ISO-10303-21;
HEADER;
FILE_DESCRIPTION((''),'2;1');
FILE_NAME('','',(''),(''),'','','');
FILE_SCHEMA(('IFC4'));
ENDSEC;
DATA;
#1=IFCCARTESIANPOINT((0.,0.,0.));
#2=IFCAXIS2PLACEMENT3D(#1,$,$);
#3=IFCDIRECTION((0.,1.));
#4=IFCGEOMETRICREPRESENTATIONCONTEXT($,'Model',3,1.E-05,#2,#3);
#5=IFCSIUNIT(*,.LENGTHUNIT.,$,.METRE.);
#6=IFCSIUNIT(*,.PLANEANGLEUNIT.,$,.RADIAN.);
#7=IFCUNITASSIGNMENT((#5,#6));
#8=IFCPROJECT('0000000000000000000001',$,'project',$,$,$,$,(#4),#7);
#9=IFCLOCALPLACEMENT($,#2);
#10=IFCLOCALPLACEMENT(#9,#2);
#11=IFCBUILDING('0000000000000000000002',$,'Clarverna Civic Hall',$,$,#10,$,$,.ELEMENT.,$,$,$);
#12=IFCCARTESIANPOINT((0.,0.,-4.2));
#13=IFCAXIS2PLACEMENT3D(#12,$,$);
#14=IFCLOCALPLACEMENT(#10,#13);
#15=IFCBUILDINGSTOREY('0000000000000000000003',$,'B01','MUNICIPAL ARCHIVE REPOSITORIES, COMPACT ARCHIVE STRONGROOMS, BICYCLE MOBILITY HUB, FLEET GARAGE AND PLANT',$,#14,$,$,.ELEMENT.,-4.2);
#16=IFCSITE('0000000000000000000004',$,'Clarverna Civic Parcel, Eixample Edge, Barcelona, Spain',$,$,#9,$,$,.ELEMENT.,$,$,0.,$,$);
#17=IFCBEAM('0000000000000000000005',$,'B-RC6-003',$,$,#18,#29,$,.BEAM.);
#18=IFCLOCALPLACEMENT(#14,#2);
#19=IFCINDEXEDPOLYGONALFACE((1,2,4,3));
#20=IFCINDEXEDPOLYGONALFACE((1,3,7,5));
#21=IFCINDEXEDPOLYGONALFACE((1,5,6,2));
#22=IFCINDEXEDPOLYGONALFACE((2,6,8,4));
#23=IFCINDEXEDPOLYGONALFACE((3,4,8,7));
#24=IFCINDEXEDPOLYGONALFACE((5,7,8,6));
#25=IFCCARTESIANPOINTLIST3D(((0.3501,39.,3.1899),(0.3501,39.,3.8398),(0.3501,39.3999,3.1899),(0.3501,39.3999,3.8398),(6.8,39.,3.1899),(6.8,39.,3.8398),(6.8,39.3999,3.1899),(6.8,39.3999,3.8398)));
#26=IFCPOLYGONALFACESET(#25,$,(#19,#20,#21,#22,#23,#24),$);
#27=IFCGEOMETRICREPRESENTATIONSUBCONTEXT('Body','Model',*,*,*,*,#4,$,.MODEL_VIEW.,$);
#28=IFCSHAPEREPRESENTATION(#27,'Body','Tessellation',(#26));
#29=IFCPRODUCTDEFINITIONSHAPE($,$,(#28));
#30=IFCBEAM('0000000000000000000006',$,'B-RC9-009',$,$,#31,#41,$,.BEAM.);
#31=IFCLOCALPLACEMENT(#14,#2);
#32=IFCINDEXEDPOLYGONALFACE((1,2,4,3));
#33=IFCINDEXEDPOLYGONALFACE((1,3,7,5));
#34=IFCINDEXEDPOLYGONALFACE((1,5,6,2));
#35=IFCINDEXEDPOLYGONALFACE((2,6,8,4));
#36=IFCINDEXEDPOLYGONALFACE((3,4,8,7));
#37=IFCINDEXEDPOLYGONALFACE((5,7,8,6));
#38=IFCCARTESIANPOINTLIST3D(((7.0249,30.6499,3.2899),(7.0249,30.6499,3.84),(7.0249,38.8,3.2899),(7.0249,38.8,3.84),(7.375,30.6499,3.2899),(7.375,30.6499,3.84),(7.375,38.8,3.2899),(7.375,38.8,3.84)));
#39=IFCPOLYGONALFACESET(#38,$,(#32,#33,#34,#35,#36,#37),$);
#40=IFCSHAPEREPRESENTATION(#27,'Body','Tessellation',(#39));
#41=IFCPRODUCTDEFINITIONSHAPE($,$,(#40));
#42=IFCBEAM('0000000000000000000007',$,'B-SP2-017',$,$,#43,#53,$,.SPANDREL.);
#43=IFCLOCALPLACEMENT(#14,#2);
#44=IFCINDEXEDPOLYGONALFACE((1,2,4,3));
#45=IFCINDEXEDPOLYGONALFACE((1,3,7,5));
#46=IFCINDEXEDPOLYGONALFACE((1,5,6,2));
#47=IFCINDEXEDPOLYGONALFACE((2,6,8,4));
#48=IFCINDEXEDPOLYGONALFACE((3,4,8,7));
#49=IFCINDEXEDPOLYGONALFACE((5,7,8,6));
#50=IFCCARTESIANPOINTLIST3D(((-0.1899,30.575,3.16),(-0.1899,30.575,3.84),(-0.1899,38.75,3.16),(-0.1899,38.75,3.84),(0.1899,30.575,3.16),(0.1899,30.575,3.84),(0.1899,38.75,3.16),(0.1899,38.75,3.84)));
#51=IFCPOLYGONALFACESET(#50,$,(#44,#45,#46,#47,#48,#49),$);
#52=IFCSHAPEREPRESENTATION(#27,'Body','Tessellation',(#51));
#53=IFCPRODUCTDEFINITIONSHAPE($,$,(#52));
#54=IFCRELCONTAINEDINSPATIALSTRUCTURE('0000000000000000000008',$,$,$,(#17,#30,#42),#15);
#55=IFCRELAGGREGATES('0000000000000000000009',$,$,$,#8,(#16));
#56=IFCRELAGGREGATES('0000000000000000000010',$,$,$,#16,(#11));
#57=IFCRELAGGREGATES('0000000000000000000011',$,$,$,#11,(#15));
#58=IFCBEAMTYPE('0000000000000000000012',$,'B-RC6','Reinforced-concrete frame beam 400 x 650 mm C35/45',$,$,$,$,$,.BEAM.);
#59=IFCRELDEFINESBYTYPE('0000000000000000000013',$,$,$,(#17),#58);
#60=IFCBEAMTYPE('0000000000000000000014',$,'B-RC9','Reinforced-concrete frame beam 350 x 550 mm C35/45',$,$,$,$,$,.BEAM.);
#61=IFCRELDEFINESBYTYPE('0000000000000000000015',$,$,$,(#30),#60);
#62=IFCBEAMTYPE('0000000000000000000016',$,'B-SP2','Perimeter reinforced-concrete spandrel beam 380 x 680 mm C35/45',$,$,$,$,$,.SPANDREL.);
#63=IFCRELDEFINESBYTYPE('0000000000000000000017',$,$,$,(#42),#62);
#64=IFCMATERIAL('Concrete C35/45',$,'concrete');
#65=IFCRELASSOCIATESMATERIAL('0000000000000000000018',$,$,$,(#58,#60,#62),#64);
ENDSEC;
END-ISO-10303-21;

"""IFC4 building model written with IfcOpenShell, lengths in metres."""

from ifc_helpers import new_model, si_unit, direction, frame, origin, origin_2d, place, context, subcontext, project, spatial, rectangle, extrude, material, material_profile, profile_set, type_object, element, save


model = new_model("IFC4")

# Units and contexts
model_context = context("Model", 3, precision=1e-05, world=origin(), true_north=direction((0.0, 1.0)))
body_context = subcontext(model_context, "Body", "Model", "MODEL_VIEW")
ifc_project = project(units=[si_unit("LENGTHUNIT", "METRE"), si_unit("PLANEANGLEUNIT", "RADIAN")], contexts=[model_context])

# Site, building, storey
site_placement = place(None, origin())
site = spatial("IfcSite", under=ifc_project, at=site_placement, Name="Clarverna Civic Parcel, Eixample Edge, Barcelona, Spain", CompositionType="ELEMENT", RefElevation=0.0)
building_placement = place(site_placement, origin())
building = spatial("IfcBuilding", under=site, at=building_placement, Name="Clarverna Civic Hall", CompositionType="ELEMENT")
storey_placement = place(building_placement, frame((0.0, 0.0, -4.2)))
storey = spatial("IfcBuildingStorey", under=building, at=storey_placement, Name="B01", Description="MUNICIPAL ARCHIVE REPOSITORIES, COMPACT ARCHIVE STRONGROOMS, BICYCLE MOBILITY HUB, FLEET GARAGE AND PLANT", CompositionType="ELEMENT", Elevation=-4.2)

# Beams
ifc_material_1 = material(Name="Concrete C35/45", Category="concrete")
ifc_material_profile_1 = material_profile(ifc_material_1, rectangle(XDim=0.3999, YDim=0.6499, at=origin_2d()), Name="RC 400x650")
ifc_profile_set_1 = profile_set([ifc_material_profile_1], Name="Concrete C35/45")
beam_type_1 = type_object("IfcBeamType", Name="B-RC6", Description="Reinforced-concrete frame beam 400 x 650 mm C35/45", PredefinedType="BEAM", material=ifc_profile_set_1)
beam_1_placement = place(storey_placement, frame((0.3501, 39.2, 3.5149), z_axis=(1.0, 0.0, 0.0), x_axis=(0.0, 1.0, 0.0)))
element("IfcBeam", 1, at=beam_1_placement, inside=storey, type_object=beam_type_1, Name="B-RC6-003", PredefinedType="BEAM", context=body_context, shape_type="SweptSolid", body=[
    extrude(rectangle(XDim=0.3999, YDim=0.6499, at=origin_2d()), origin(), (0.0, 0.0, 1.0), 6.45),
])
ifc_material_profile_2 = material_profile(ifc_material_1, rectangle(XDim=0.3501, YDim=0.55, at=origin_2d()), Name="RC 350x550")
ifc_profile_set_2 = profile_set([ifc_material_profile_2], Name="Concrete C35/45")
beam_type_2 = type_object("IfcBeamType", Name="B-RC9", Description="Reinforced-concrete frame beam 350 x 550 mm C35/45", PredefinedType="BEAM", material=ifc_profile_set_2)
beam_2_placement = place(storey_placement, frame((7.2, 30.6499, 3.5649), z_axis=(0.0, 1.0, 0.0), x_axis=(-1.0, 0.0, 0.0)))
element("IfcBeam", 2, at=beam_2_placement, inside=storey, type_object=beam_type_2, Name="B-RC9-009", PredefinedType="BEAM", context=body_context, shape_type="SweptSolid", body=[
    extrude(rectangle(XDim=0.3501, YDim=0.55, at=origin_2d()), origin(), (0.0, 0.0, 1.0), 8.1501),
])
ifc_material_profile_3 = material_profile(ifc_material_1, rectangle(XDim=0.3799, YDim=0.6799, at=origin_2d()), Name="RC 380x680")
ifc_profile_set_3 = profile_set([ifc_material_profile_3], Name="Concrete C35/45")
beam_type_3 = type_object("IfcBeamType", Name="B-SP2", Description="Perimeter reinforced-concrete spandrel beam 380 x 680 mm C35/45", PredefinedType="SPANDREL", material=ifc_profile_set_3)
beam_3_placement = place(storey_placement, frame((0.0, 30.575, 3.5), z_axis=(0.0, 1.0, 0.0), x_axis=(-1.0, 0.0, 0.0)))
element("IfcBeam", 3, at=beam_3_placement, inside=storey, type_object=beam_type_3, Name="B-SP2-017", PredefinedType="SPANDREL", context=body_context, shape_type="SweptSolid", body=[
    extrude(rectangle(XDim=0.3799, YDim=0.6799, at=origin_2d()), origin(), (0.0, 0.0, 1.0), 8.175),
])

save(model, "model.ifc")
